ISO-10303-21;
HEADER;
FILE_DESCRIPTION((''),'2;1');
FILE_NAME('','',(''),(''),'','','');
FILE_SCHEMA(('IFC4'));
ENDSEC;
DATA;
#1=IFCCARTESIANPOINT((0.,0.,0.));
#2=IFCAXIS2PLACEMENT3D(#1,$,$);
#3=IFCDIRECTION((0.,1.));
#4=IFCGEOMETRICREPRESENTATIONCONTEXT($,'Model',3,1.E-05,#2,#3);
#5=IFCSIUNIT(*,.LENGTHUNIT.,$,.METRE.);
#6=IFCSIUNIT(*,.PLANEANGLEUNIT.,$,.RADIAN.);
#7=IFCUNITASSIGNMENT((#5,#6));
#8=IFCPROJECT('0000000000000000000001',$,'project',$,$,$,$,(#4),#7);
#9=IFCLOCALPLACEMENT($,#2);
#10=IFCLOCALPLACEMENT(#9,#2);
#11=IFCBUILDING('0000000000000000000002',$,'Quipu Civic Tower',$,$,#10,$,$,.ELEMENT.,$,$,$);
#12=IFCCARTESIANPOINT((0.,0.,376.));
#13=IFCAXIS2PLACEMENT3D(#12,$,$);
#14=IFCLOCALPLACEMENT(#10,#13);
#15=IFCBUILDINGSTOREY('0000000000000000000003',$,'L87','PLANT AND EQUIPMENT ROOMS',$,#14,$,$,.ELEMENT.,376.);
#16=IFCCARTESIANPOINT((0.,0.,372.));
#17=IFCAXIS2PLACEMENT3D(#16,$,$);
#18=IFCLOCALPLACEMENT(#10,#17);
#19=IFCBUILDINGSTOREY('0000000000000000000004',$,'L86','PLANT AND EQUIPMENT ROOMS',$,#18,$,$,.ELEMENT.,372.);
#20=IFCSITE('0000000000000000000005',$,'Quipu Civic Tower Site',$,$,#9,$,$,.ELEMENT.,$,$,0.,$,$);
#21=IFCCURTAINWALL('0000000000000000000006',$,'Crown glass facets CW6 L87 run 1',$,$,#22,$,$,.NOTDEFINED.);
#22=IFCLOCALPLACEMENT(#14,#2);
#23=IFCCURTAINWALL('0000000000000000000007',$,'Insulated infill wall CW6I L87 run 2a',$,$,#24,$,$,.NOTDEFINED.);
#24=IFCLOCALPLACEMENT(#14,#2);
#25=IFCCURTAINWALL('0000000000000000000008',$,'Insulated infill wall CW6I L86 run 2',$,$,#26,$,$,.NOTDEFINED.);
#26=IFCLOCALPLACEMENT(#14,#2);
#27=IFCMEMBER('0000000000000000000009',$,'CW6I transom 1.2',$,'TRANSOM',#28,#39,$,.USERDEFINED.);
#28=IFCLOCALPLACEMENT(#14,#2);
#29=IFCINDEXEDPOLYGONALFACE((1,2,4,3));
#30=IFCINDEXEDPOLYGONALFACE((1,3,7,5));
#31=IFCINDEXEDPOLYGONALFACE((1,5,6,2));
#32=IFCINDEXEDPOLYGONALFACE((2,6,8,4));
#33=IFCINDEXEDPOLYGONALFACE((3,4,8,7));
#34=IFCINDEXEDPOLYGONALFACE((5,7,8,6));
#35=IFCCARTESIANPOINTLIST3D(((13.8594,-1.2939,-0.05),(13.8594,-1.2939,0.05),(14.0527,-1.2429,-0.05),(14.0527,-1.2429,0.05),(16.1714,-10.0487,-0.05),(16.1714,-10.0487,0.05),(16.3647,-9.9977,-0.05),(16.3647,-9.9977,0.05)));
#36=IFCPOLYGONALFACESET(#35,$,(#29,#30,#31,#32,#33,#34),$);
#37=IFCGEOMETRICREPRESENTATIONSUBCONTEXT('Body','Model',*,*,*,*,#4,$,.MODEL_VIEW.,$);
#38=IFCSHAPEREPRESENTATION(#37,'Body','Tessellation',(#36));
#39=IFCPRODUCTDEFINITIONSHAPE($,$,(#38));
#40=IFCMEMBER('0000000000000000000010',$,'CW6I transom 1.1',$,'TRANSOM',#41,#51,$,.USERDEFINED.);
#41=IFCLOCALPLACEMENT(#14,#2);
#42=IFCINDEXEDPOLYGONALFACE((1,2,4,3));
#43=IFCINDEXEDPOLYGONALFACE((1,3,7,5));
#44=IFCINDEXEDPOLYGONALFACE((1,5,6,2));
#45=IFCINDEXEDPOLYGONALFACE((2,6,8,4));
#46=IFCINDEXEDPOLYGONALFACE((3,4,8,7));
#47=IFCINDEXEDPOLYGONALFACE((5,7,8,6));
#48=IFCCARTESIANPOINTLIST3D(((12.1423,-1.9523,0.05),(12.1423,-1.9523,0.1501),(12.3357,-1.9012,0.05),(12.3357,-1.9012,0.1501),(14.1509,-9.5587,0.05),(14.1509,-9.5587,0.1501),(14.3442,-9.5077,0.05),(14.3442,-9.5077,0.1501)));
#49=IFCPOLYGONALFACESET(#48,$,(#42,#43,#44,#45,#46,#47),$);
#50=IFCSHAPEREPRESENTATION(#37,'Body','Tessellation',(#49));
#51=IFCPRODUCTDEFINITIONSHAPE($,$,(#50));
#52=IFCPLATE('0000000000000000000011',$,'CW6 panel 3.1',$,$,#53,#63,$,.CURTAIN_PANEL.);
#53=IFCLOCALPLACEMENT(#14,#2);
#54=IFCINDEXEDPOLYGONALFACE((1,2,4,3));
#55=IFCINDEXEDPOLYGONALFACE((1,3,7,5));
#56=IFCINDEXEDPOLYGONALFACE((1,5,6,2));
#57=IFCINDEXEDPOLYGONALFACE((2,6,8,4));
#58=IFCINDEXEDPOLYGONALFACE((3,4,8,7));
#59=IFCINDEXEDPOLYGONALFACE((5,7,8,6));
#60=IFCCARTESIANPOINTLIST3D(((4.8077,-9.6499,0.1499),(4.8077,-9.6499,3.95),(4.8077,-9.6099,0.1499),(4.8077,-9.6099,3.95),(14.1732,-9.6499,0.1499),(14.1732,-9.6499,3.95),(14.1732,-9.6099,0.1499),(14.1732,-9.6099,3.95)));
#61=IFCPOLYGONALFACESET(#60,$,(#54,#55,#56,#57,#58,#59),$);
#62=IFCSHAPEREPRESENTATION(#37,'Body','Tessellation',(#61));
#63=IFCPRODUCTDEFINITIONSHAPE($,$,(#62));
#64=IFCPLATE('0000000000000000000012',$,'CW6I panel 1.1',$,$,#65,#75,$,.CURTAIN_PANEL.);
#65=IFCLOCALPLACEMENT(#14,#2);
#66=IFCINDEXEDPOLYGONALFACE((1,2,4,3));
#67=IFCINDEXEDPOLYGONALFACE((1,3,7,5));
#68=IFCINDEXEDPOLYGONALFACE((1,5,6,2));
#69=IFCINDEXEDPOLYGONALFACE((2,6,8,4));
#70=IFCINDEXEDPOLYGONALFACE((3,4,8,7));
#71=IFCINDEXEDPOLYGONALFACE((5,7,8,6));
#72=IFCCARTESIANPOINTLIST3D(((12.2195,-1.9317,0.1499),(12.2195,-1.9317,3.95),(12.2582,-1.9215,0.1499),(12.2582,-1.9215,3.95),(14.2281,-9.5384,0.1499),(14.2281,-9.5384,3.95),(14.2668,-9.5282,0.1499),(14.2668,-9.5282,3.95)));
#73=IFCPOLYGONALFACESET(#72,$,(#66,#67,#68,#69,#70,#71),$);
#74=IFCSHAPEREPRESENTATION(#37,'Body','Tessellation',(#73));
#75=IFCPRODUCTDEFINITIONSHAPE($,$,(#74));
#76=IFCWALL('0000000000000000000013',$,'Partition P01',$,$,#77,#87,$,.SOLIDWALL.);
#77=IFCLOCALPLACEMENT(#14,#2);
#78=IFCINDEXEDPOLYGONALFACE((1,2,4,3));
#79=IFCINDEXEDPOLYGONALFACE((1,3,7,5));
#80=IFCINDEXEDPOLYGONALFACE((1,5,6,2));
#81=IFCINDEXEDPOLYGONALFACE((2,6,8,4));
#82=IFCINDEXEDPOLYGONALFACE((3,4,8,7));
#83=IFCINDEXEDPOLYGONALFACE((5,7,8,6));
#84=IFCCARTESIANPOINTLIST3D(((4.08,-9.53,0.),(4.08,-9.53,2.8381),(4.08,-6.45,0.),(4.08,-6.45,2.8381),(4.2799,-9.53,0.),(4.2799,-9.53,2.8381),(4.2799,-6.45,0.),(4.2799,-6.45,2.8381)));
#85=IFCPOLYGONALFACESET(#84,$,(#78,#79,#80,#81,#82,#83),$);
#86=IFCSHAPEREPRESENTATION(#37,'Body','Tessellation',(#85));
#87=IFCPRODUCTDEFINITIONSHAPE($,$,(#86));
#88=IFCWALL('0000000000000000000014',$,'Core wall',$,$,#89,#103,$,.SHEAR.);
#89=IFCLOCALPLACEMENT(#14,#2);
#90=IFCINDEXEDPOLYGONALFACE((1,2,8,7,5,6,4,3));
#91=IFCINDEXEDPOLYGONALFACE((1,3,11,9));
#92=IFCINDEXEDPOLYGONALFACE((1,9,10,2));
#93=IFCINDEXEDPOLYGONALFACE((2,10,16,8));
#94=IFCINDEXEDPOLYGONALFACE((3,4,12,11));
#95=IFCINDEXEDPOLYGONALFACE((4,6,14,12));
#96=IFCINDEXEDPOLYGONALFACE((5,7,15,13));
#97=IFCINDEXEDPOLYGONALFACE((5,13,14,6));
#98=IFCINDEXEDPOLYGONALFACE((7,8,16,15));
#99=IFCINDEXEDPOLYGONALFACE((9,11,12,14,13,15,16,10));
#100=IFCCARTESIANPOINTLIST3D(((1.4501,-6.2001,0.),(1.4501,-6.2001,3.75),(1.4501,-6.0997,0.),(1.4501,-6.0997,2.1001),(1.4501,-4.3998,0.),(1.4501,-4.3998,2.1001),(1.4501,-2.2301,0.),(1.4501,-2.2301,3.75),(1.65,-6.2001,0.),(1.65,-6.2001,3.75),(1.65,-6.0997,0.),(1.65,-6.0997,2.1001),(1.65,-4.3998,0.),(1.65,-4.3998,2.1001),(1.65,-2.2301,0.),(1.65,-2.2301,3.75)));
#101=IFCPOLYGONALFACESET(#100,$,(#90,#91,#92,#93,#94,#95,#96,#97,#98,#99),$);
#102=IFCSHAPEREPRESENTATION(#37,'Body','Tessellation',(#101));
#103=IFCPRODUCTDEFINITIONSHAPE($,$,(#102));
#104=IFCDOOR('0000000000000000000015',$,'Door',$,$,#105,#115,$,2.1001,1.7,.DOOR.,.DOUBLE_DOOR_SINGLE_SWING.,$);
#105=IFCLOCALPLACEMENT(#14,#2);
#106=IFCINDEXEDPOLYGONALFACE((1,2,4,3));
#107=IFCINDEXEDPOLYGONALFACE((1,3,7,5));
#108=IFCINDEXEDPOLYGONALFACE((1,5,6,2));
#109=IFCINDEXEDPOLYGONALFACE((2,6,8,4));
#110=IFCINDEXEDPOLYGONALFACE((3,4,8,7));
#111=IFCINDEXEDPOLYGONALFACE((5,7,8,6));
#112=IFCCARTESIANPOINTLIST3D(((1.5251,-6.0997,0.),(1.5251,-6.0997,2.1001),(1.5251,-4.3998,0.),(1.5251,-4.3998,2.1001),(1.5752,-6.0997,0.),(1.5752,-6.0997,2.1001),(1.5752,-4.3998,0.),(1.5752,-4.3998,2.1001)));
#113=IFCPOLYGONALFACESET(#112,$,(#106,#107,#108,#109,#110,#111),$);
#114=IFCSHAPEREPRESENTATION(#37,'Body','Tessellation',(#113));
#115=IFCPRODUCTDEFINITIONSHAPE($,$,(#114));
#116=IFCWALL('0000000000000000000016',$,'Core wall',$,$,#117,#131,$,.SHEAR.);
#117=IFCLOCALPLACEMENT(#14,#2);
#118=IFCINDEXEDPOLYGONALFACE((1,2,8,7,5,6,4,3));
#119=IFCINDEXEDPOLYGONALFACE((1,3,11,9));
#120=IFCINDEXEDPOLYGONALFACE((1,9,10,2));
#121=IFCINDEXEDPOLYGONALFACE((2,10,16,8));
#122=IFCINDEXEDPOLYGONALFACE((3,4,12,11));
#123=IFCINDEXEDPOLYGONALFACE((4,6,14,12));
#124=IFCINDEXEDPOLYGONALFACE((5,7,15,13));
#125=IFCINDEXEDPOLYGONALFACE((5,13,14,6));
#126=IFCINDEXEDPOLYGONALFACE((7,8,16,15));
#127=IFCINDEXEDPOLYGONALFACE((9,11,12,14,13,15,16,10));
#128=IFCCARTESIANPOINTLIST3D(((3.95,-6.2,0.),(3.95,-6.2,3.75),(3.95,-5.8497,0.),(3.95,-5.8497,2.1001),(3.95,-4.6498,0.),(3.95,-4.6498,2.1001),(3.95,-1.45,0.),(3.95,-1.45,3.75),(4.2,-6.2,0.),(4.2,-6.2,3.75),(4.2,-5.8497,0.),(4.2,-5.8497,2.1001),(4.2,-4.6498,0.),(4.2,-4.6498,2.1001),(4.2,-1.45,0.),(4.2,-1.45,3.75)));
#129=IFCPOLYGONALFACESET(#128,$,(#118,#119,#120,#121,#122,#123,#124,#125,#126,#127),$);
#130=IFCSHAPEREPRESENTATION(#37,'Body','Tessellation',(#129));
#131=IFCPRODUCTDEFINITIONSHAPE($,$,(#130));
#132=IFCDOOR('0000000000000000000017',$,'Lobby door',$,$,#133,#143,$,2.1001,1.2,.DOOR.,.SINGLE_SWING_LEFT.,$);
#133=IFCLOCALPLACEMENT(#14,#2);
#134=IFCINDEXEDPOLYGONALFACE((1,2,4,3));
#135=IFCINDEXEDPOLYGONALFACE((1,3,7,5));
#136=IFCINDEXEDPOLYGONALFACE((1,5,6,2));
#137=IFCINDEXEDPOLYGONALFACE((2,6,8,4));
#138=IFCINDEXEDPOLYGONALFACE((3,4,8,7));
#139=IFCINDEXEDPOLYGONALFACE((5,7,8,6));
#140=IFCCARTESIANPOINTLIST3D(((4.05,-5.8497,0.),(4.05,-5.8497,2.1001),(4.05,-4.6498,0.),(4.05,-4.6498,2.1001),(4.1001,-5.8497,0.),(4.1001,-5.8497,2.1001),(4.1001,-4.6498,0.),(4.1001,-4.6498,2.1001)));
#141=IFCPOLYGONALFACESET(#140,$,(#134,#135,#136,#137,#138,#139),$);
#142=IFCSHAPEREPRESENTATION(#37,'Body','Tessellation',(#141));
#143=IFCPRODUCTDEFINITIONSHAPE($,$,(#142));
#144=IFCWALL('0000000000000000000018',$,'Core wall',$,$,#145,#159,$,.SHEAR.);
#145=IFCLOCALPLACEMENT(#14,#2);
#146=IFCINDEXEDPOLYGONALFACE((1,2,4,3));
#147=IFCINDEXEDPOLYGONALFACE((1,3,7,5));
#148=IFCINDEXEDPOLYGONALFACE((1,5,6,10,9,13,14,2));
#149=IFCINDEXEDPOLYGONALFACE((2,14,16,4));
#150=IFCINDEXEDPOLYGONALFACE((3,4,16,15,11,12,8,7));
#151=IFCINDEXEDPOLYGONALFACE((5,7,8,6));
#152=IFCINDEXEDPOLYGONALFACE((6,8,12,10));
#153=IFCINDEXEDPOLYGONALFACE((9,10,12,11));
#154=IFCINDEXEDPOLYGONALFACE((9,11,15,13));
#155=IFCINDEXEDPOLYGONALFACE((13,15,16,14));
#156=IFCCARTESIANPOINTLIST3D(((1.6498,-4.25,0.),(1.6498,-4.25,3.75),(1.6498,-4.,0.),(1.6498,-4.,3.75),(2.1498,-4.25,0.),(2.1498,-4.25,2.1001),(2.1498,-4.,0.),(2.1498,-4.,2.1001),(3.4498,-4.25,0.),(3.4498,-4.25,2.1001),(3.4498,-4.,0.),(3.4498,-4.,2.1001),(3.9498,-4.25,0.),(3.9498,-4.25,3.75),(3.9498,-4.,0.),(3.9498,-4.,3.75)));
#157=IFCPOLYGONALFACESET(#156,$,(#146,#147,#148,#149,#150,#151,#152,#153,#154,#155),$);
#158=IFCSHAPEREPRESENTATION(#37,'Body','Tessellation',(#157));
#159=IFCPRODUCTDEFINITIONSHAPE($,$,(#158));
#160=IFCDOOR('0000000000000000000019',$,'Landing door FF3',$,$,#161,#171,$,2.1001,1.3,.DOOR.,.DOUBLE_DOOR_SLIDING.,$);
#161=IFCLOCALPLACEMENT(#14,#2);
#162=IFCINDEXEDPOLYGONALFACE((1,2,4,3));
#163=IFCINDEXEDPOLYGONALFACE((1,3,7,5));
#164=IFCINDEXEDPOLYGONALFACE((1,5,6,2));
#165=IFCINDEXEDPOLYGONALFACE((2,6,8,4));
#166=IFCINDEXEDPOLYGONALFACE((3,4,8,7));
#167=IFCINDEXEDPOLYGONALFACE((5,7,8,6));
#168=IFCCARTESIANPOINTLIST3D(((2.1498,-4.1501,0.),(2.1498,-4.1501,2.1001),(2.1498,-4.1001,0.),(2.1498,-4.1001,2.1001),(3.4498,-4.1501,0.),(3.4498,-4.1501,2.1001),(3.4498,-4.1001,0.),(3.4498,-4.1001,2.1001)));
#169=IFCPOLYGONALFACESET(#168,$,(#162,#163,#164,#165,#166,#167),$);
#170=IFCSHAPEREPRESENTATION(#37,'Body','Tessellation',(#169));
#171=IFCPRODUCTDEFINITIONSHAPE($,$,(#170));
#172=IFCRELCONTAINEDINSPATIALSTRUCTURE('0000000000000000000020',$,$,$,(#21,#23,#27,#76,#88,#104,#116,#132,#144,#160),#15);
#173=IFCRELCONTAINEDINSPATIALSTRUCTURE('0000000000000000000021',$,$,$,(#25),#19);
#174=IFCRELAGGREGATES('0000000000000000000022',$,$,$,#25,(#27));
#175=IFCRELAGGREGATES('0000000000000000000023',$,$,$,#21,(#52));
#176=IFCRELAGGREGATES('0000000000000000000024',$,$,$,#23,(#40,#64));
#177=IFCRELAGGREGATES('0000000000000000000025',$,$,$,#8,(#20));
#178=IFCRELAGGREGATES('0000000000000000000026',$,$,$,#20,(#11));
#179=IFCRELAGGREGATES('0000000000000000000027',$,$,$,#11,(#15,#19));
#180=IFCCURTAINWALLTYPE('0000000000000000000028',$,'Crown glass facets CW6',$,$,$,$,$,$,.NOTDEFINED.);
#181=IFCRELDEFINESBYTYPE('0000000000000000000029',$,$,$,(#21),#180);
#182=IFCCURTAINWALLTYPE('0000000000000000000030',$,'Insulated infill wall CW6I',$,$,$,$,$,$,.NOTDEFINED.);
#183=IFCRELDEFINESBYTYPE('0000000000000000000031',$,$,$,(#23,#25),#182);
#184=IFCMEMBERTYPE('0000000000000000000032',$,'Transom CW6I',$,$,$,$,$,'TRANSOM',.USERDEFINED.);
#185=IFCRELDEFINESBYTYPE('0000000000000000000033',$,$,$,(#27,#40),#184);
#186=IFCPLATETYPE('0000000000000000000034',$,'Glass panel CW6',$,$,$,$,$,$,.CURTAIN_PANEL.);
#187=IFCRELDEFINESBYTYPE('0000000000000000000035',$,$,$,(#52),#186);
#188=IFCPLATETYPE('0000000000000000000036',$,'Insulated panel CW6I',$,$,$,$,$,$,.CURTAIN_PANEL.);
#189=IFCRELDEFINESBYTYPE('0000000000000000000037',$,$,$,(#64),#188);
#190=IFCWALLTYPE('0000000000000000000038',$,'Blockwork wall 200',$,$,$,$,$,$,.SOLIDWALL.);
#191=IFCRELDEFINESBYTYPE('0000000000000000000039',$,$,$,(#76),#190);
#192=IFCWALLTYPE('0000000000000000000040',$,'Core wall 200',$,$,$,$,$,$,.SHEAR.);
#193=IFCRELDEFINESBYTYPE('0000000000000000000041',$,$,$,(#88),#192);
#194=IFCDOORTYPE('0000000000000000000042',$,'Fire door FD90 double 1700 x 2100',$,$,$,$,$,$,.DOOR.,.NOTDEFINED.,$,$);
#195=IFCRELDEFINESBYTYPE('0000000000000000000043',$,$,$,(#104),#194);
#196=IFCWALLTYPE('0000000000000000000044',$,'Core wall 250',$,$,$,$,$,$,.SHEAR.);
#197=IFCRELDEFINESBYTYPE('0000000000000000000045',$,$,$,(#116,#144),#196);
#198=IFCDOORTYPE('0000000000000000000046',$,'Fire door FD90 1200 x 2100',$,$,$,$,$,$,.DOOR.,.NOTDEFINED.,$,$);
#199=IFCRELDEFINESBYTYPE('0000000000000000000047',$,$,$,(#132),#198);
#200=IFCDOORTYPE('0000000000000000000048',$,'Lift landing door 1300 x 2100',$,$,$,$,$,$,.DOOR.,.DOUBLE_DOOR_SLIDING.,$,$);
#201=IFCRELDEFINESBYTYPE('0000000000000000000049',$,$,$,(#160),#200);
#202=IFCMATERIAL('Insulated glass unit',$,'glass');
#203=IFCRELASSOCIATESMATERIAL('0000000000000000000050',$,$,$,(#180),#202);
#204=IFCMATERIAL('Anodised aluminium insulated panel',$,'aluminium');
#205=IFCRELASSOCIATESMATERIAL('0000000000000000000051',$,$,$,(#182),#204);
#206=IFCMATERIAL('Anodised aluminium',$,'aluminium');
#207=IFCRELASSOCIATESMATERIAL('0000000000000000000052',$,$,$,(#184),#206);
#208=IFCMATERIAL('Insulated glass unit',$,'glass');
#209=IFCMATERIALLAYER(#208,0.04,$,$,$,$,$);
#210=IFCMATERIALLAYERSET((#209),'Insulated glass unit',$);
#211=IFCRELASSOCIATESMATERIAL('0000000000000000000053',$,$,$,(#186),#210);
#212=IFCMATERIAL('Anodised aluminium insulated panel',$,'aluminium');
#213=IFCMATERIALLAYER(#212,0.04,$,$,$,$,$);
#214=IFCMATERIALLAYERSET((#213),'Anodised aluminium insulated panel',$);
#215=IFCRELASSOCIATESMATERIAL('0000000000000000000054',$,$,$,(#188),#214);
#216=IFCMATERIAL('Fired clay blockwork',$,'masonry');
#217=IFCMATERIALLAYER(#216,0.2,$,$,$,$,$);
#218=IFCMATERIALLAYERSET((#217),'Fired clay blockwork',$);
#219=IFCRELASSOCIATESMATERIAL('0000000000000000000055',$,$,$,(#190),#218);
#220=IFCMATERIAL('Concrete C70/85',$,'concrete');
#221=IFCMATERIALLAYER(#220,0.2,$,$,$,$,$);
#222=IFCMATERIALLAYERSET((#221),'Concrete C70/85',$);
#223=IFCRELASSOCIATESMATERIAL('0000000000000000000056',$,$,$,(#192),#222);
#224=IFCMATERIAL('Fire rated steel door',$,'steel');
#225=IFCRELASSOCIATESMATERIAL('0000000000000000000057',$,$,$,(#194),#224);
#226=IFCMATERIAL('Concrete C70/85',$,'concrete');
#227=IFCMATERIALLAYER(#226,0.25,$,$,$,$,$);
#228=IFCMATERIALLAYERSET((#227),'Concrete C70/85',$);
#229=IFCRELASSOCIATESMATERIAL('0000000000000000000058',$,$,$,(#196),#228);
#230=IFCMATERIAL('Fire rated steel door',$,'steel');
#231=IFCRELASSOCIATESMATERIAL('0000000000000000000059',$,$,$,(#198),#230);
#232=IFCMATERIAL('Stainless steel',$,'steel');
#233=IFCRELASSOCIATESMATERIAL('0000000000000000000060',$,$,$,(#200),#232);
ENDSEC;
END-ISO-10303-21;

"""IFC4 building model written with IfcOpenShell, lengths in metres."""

from ifc_helpers import new_model, si_unit, direction, frame, frame_2d, origin, origin_2d, place, context, subcontext, project, spatial, rectangle, extrude, material, layer, layer_set, material_profile, profile_set, type_object, element, fill, aggregate, save


model = new_model("IFC4")

# Units and contexts
model_context = context("Model", 3, precision=1e-05, world=origin(), true_north=direction((0.0, 1.0)))
body_context = subcontext(model_context, "Body", "Model", "MODEL_VIEW")
ifc_project = project(units=[si_unit("LENGTHUNIT", "METRE"), si_unit("PLANEANGLEUNIT", "RADIAN")], contexts=[model_context])

# Site, building, storey
site_placement = place(None, origin())
site = spatial("IfcSite", under=ifc_project, at=site_placement, Name="Quipu Civic Tower Site", CompositionType="ELEMENT", RefElevation=0.0)
building_placement = place(site_placement, origin())
building = spatial("IfcBuilding", under=site, at=building_placement, Name="Quipu Civic Tower", CompositionType="ELEMENT")
storey_1_placement = place(building_placement, frame((0.0, 0.0, 376.0)))
storey_1 = spatial("IfcBuildingStorey", under=building, at=storey_1_placement, Name="L87", Description="PLANT AND EQUIPMENT ROOMS", CompositionType="ELEMENT", Elevation=376.0)

# Curtain wall
ifc_material_1 = material(Name="Insulated glass unit", Category="glass")
curtain_wall_type_1 = type_object("IfcCurtainWallType", Name="Crown glass facets CW6", PredefinedType="NOTDEFINED", material=ifc_material_1)
curtain_wall_1_placement = place(storey_1_placement, origin())
curtain_wall_1 = element("IfcCurtainWall", 1, at=curtain_wall_1_placement, inside=storey_1, type_object=curtain_wall_type_1, Name="Crown glass facets CW6 L87 run 1", PredefinedType="NOTDEFINED")

# Curtain wall
ifc_material_2 = material(Name="Anodised aluminium insulated panel", Category="aluminium")
curtain_wall_type_2 = type_object("IfcCurtainWallType", Name="Insulated infill wall CW6I", PredefinedType="NOTDEFINED", material=ifc_material_2)
curtain_wall_2_placement = place(storey_1_placement, origin())
curtain_wall_2 = element("IfcCurtainWall", 2, at=curtain_wall_2_placement, inside=storey_1, type_object=curtain_wall_type_2, Name="Insulated infill wall CW6I L87 run 2a", PredefinedType="NOTDEFINED")

# Shared definitions
storey_2_placement = place(building_placement, frame((0.0, 0.0, 372.0)))
storey_2 = spatial("IfcBuildingStorey", under=building, at=storey_2_placement, Name="L86", Description="PLANT AND EQUIPMENT ROOMS", CompositionType="ELEMENT", Elevation=372.0)

# Curtain wall, member
curtain_wall_3_placement = place(storey_2_placement, origin())
curtain_wall_3 = element("IfcCurtainWall", 3, at=curtain_wall_3_placement, inside=storey_2, type_object=curtain_wall_type_2, Name="Insulated infill wall CW6I L86 run 2", PredefinedType="NOTDEFINED")
ifc_material_3 = material(Name="Anodised aluminium", Category="aluminium")
ifc_material_profile_1 = material_profile(ifc_material_3, rectangle(XDim=0.2, YDim=0.1001, at=origin_2d()), Name="RECT 200x100")
ifc_profile_set_1 = profile_set([ifc_material_profile_1], Name="Anodised aluminium")
member_type_1 = type_object("IfcMemberType", Name="Transom CW6I", ElementType="TRANSOM", PredefinedType="USERDEFINED", material=ifc_profile_set_1)
member_1_placement = place(storey_1_placement, frame((16.2681, -10.0232, 0.0), z_axis=(-0.255329, 0.966854, 0.0), x_axis=(-0.966854, -0.255329, 0.0)))
member_1 = element("IfcMember", 4, at=member_1_placement, inside=storey_1, type_object=member_type_1, Name="CW6I transom 1.2", ObjectType="TRANSOM", PredefinedType="USERDEFINED", context=body_context, shape_type="SweptSolid", body=[
    extrude(rectangle(XDim=0.2, YDim=0.1001, at=origin_2d()), origin(), (0.0, 0.0, 1.0), 9.0549),
])
aggregate(curtain_wall_3, [member_1])

# Member
member_2_placement = place(storey_1_placement, frame((14.2476, -9.5332, 0.1001), z_axis=(-0.255307, 0.96686, 0.0), x_axis=(-0.96686, -0.255307, 0.0)))
member_2 = element("IfcMember", 5, at=member_2_placement, type_object=member_type_1, Name="CW6I transom 1.1", ObjectType="TRANSOM", PredefinedType="USERDEFINED", context=body_context, shape_type="SweptSolid", body=[
    extrude(rectangle(XDim=0.2, YDim=0.1001, at=origin_2d()), origin(), (0.0, 0.0, 1.0), 7.8672),
])

# Plates
ifc_material_4 = material(Name="Insulated glass unit", Category="glass")
ifc_layer_1 = layer(ifc_material_4, 0.04)
ifc_layer_set_1 = layer_set([ifc_layer_1], Name="Insulated glass unit")
plate_type_1 = type_object("IfcPlateType", Name="Glass panel CW6", PredefinedType="CURTAIN_PANEL", material=ifc_layer_set_1)
plate_1_placement = place(storey_1_placement, frame((9.4905, -9.6299, 0.1499), z_axis=(0.0, 0.0, 1.0), x_axis=(1.0, 0.0, 0.0)))
plate_1 = element("IfcPlate", 6, at=plate_1_placement, type_object=plate_type_1, Name="CW6 panel 3.1", PredefinedType="CURTAIN_PANEL", context=body_context, shape_type="SweptSolid", body=[
    extrude(rectangle(XDim=9.3655, YDim=0.04, at=origin_2d()), origin(), (0.0, 0.0, 1.0), 3.8),
])
aggregate(curtain_wall_1, [plate_1])
ifc_material_5 = material(Name="Anodised aluminium insulated panel", Category="aluminium")
ifc_layer_2 = layer(ifc_material_5, 0.04)
ifc_layer_set_2 = layer_set([ifc_layer_2], Name="Anodised aluminium insulated panel")
plate_type_2 = type_object("IfcPlateType", Name="Insulated panel CW6I", PredefinedType="CURTAIN_PANEL", material=ifc_layer_set_2)
plate_2_placement = place(storey_1_placement, frame((13.2432, -5.73, 0.1499), z_axis=(0.0, 0.0, 1.0), x_axis=(-0.255313, 0.966859, 0.0)))
plate_2 = element("IfcPlate", 7, at=plate_2_placement, type_object=plate_type_2, Name="CW6I panel 1.1", PredefinedType="CURTAIN_PANEL", context=body_context, shape_type="SweptSolid", body=[
    extrude(rectangle(XDim=7.8674, YDim=0.04, at=origin_2d()), origin(), (0.0, 0.0, 1.0), 3.8),
])
aggregate(curtain_wall_2, [member_2, plate_2])

# Wall
ifc_material_6 = material(Name="Fired clay blockwork", Category="masonry")
ifc_layer_3 = layer(ifc_material_6, 0.2)
ifc_layer_set_3 = layer_set([ifc_layer_3], Name="Fired clay blockwork")
wall_type_1 = type_object("IfcWallType", Name="Blockwork wall 200", PredefinedType="SOLIDWALL", material=ifc_layer_set_3)
wall_1_placement = place(storey_1_placement, frame((4.1799, -9.53, 0.0), z_axis=(0.0, 0.0, 1.0), x_axis=(0.0, 1.0, 0.0)))
element("IfcWall", 8, at=wall_1_placement, inside=storey_1, type_object=wall_type_1, Name="Partition P01", PredefinedType="SOLIDWALL", context=body_context, shape_type="SweptSolid", body=[
    extrude(rectangle(XDim=3.0801, YDim=0.2, at=frame_2d((1.54, 0.0))), origin(), (0.0, 0.0, 1.0), 2.8381),
])

# Walls, openings, doors
ifc_material_7 = material(Name="Concrete C70/85", Category="concrete")
ifc_layer_4 = layer(ifc_material_7, 0.2)
ifc_layer_set_4 = layer_set([ifc_layer_4], Name="Concrete C70/85")
wall_type_2 = type_object("IfcWallType", Name="Core wall 200", PredefinedType="SHEAR", material=ifc_layer_set_4)
wall_2_placement = place(storey_1_placement, frame((1.55, -6.2, 0.0), z_axis=(0.0, 0.0, 1.0), x_axis=(0.0, 1.0, 0.0)))
wall_2 = element("IfcWall", 9, at=wall_2_placement, inside=storey_1, type_object=wall_type_2, Name="Core wall", PredefinedType="SHEAR", context=body_context, shape_type="SweptSolid", body=[
    extrude(rectangle(XDim=3.97, YDim=0.2, at=frame_2d((1.9849, 0.0))), origin(), (0.0, 0.0, 1.0), 3.75),
])
opening_1_placement = place(wall_2_placement, frame((0.1001, 0.0, 0.0)))
opening_1 = element("IfcOpeningElement", 10, at=opening_1_placement, cuts=wall_2, PredefinedType="OPENING", context=body_context, shape_type="SweptSolid", body=[
    extrude(rectangle(XDim=1.7, YDim=2.1001, at=frame_2d((0.8501, 1.05))), frame((0.0, 0.1099, 0.0), z_axis=(0.0, -1.0, 0.0), x_axis=(1.0, 0.0, 0.0)), (0.0, 0.0, 1.0), 0.22),
])
ifc_material_8 = material(Name="Fire rated steel door", Category="steel")
door_type_1 = type_object("IfcDoorType", Name="Fire door FD90 double 1700 x 2100", OperationType="NOTDEFINED", PredefinedType="DOOR", material=ifc_material_8)
door_1_placement = place(opening_1_placement, origin())
door_1 = element("IfcDoor", 11, at=door_1_placement, inside=storey_1, type_object=door_type_1, Name="Door", OperationType="DOUBLE_DOOR_SINGLE_SWING", OverallHeight=2.1001, OverallWidth=1.7, PredefinedType="DOOR", context=body_context, shape_type="SweptSolid", body=[
    extrude(rectangle(XDim=1.7, YDim=2.1001, at=frame_2d((0.8501, 1.05))), frame((0.0, 0.0249, 0.0), z_axis=(0.0, -1.0, 0.0), x_axis=(1.0, 0.0, 0.0)), (0.0, 0.0, 1.0), 0.05),
])
fill(opening_1, door_1)
ifc_material_9 = material(Name="Concrete C70/85", Category="concrete")
ifc_layer_5 = layer(ifc_material_9, 0.25)
ifc_layer_set_5 = layer_set([ifc_layer_5], Name="Concrete C70/85")
wall_type_3 = type_object("IfcWallType", Name="Core wall 250", PredefinedType="SHEAR", material=ifc_layer_set_5)
wall_3_placement = place(storey_1_placement, frame((4.075, -6.2, 0.0), z_axis=(0.0, 0.0, 1.0), x_axis=(0.0, 1.0, 0.0)))
wall_3 = element("IfcWall", 12, at=wall_3_placement, inside=storey_1, type_object=wall_type_3, Name="Core wall", PredefinedType="SHEAR", context=body_context, shape_type="SweptSolid", body=[
    extrude(rectangle(XDim=4.75, YDim=0.25, at=frame_2d((2.375, 0.0))), origin(), (0.0, 0.0, 1.0), 3.75),
])
opening_2_placement = place(wall_3_placement, frame((0.3501, 0.0, 0.0)))
opening_2 = element("IfcOpeningElement", 13, at=opening_2_placement, cuts=wall_3, PredefinedType="OPENING", context=body_context, shape_type="SweptSolid", body=[
    extrude(rectangle(XDim=1.2, YDim=2.1001, at=frame_2d((0.6001, 1.05))), frame((0.0, 0.135, 0.0), z_axis=(0.0, -1.0, 0.0), x_axis=(1.0, 0.0, 0.0)), (0.0, 0.0, 1.0), 0.27),
])
ifc_material_10 = material(Name="Fire rated steel door", Category="steel")
door_type_2 = type_object("IfcDoorType", Name="Fire door FD90 1200 x 2100", OperationType="NOTDEFINED", PredefinedType="DOOR", material=ifc_material_10)
door_2_placement = place(opening_2_placement, origin())
door_2 = element("IfcDoor", 14, at=door_2_placement, inside=storey_1, type_object=door_type_2, Name="Lobby door", OperationType="SINGLE_SWING_LEFT", OverallHeight=2.1001, OverallWidth=1.2, PredefinedType="DOOR", context=body_context, shape_type="SweptSolid", body=[
    extrude(rectangle(XDim=1.2, YDim=2.1001, at=frame_2d((0.6001, 1.05))), frame((0.0, 0.0249, 0.0), z_axis=(0.0, -1.0, 0.0), x_axis=(1.0, 0.0, 0.0)), (0.0, 0.0, 1.0), 0.05),
])
fill(opening_2, door_2)
wall_4_placement = place(storey_1_placement, frame((1.6499, -4.125, 0.0), z_axis=(0.0, 0.0, 1.0), x_axis=(1.0, 0.0, 0.0)))
wall_4 = element("IfcWall", 15, at=wall_4_placement, inside=storey_1, type_object=wall_type_3, Name="Core wall", PredefinedType="SHEAR", context=body_context, shape_type="SweptSolid", body=[
    extrude(rectangle(XDim=2.3, YDim=0.25, at=frame_2d((1.1499, 0.0))), origin(), (0.0, 0.0, 1.0), 3.75),
])
opening_3_placement = place(wall_4_placement, frame((0.5, 0.0, 0.0)))
opening_3 = element("IfcOpeningElement", 16, at=opening_3_placement, cuts=wall_4, PredefinedType="OPENING", context=body_context, shape_type="SweptSolid", body=[
    extrude(rectangle(XDim=1.3, YDim=2.1001, at=frame_2d((0.6499, 1.05))), frame((0.0, 0.135, 0.0), z_axis=(0.0, -1.0, 0.0), x_axis=(1.0, 0.0, 0.0)), (0.0, 0.0, 1.0), 0.27),
])
ifc_material_11 = material(Name="Stainless steel", Category="steel")
door_type_3 = type_object("IfcDoorType", Name="Lift landing door 1300 x 2100", OperationType="DOUBLE_DOOR_SLIDING", PredefinedType="DOOR", material=ifc_material_11)
door_3_placement = place(opening_3_placement, origin())
door_3 = element("IfcDoor", 17, at=door_3_placement, inside=storey_1, type_object=door_type_3, Name="Landing door FF3", OperationType="DOUBLE_DOOR_SLIDING", OverallHeight=2.1001, OverallWidth=1.3, PredefinedType="DOOR", context=body_context, shape_type="SweptSolid", body=[
    extrude(rectangle(XDim=1.3, YDim=2.1001, at=frame_2d((0.6499, 1.05))), frame((0.0, 0.0249, 0.0), z_axis=(0.0, -1.0, 0.0), x_axis=(1.0, 0.0, 0.0)), (0.0, 0.0, 1.0), 0.05),
])
fill(opening_3, door_3)

save(model, "model.ifc")
